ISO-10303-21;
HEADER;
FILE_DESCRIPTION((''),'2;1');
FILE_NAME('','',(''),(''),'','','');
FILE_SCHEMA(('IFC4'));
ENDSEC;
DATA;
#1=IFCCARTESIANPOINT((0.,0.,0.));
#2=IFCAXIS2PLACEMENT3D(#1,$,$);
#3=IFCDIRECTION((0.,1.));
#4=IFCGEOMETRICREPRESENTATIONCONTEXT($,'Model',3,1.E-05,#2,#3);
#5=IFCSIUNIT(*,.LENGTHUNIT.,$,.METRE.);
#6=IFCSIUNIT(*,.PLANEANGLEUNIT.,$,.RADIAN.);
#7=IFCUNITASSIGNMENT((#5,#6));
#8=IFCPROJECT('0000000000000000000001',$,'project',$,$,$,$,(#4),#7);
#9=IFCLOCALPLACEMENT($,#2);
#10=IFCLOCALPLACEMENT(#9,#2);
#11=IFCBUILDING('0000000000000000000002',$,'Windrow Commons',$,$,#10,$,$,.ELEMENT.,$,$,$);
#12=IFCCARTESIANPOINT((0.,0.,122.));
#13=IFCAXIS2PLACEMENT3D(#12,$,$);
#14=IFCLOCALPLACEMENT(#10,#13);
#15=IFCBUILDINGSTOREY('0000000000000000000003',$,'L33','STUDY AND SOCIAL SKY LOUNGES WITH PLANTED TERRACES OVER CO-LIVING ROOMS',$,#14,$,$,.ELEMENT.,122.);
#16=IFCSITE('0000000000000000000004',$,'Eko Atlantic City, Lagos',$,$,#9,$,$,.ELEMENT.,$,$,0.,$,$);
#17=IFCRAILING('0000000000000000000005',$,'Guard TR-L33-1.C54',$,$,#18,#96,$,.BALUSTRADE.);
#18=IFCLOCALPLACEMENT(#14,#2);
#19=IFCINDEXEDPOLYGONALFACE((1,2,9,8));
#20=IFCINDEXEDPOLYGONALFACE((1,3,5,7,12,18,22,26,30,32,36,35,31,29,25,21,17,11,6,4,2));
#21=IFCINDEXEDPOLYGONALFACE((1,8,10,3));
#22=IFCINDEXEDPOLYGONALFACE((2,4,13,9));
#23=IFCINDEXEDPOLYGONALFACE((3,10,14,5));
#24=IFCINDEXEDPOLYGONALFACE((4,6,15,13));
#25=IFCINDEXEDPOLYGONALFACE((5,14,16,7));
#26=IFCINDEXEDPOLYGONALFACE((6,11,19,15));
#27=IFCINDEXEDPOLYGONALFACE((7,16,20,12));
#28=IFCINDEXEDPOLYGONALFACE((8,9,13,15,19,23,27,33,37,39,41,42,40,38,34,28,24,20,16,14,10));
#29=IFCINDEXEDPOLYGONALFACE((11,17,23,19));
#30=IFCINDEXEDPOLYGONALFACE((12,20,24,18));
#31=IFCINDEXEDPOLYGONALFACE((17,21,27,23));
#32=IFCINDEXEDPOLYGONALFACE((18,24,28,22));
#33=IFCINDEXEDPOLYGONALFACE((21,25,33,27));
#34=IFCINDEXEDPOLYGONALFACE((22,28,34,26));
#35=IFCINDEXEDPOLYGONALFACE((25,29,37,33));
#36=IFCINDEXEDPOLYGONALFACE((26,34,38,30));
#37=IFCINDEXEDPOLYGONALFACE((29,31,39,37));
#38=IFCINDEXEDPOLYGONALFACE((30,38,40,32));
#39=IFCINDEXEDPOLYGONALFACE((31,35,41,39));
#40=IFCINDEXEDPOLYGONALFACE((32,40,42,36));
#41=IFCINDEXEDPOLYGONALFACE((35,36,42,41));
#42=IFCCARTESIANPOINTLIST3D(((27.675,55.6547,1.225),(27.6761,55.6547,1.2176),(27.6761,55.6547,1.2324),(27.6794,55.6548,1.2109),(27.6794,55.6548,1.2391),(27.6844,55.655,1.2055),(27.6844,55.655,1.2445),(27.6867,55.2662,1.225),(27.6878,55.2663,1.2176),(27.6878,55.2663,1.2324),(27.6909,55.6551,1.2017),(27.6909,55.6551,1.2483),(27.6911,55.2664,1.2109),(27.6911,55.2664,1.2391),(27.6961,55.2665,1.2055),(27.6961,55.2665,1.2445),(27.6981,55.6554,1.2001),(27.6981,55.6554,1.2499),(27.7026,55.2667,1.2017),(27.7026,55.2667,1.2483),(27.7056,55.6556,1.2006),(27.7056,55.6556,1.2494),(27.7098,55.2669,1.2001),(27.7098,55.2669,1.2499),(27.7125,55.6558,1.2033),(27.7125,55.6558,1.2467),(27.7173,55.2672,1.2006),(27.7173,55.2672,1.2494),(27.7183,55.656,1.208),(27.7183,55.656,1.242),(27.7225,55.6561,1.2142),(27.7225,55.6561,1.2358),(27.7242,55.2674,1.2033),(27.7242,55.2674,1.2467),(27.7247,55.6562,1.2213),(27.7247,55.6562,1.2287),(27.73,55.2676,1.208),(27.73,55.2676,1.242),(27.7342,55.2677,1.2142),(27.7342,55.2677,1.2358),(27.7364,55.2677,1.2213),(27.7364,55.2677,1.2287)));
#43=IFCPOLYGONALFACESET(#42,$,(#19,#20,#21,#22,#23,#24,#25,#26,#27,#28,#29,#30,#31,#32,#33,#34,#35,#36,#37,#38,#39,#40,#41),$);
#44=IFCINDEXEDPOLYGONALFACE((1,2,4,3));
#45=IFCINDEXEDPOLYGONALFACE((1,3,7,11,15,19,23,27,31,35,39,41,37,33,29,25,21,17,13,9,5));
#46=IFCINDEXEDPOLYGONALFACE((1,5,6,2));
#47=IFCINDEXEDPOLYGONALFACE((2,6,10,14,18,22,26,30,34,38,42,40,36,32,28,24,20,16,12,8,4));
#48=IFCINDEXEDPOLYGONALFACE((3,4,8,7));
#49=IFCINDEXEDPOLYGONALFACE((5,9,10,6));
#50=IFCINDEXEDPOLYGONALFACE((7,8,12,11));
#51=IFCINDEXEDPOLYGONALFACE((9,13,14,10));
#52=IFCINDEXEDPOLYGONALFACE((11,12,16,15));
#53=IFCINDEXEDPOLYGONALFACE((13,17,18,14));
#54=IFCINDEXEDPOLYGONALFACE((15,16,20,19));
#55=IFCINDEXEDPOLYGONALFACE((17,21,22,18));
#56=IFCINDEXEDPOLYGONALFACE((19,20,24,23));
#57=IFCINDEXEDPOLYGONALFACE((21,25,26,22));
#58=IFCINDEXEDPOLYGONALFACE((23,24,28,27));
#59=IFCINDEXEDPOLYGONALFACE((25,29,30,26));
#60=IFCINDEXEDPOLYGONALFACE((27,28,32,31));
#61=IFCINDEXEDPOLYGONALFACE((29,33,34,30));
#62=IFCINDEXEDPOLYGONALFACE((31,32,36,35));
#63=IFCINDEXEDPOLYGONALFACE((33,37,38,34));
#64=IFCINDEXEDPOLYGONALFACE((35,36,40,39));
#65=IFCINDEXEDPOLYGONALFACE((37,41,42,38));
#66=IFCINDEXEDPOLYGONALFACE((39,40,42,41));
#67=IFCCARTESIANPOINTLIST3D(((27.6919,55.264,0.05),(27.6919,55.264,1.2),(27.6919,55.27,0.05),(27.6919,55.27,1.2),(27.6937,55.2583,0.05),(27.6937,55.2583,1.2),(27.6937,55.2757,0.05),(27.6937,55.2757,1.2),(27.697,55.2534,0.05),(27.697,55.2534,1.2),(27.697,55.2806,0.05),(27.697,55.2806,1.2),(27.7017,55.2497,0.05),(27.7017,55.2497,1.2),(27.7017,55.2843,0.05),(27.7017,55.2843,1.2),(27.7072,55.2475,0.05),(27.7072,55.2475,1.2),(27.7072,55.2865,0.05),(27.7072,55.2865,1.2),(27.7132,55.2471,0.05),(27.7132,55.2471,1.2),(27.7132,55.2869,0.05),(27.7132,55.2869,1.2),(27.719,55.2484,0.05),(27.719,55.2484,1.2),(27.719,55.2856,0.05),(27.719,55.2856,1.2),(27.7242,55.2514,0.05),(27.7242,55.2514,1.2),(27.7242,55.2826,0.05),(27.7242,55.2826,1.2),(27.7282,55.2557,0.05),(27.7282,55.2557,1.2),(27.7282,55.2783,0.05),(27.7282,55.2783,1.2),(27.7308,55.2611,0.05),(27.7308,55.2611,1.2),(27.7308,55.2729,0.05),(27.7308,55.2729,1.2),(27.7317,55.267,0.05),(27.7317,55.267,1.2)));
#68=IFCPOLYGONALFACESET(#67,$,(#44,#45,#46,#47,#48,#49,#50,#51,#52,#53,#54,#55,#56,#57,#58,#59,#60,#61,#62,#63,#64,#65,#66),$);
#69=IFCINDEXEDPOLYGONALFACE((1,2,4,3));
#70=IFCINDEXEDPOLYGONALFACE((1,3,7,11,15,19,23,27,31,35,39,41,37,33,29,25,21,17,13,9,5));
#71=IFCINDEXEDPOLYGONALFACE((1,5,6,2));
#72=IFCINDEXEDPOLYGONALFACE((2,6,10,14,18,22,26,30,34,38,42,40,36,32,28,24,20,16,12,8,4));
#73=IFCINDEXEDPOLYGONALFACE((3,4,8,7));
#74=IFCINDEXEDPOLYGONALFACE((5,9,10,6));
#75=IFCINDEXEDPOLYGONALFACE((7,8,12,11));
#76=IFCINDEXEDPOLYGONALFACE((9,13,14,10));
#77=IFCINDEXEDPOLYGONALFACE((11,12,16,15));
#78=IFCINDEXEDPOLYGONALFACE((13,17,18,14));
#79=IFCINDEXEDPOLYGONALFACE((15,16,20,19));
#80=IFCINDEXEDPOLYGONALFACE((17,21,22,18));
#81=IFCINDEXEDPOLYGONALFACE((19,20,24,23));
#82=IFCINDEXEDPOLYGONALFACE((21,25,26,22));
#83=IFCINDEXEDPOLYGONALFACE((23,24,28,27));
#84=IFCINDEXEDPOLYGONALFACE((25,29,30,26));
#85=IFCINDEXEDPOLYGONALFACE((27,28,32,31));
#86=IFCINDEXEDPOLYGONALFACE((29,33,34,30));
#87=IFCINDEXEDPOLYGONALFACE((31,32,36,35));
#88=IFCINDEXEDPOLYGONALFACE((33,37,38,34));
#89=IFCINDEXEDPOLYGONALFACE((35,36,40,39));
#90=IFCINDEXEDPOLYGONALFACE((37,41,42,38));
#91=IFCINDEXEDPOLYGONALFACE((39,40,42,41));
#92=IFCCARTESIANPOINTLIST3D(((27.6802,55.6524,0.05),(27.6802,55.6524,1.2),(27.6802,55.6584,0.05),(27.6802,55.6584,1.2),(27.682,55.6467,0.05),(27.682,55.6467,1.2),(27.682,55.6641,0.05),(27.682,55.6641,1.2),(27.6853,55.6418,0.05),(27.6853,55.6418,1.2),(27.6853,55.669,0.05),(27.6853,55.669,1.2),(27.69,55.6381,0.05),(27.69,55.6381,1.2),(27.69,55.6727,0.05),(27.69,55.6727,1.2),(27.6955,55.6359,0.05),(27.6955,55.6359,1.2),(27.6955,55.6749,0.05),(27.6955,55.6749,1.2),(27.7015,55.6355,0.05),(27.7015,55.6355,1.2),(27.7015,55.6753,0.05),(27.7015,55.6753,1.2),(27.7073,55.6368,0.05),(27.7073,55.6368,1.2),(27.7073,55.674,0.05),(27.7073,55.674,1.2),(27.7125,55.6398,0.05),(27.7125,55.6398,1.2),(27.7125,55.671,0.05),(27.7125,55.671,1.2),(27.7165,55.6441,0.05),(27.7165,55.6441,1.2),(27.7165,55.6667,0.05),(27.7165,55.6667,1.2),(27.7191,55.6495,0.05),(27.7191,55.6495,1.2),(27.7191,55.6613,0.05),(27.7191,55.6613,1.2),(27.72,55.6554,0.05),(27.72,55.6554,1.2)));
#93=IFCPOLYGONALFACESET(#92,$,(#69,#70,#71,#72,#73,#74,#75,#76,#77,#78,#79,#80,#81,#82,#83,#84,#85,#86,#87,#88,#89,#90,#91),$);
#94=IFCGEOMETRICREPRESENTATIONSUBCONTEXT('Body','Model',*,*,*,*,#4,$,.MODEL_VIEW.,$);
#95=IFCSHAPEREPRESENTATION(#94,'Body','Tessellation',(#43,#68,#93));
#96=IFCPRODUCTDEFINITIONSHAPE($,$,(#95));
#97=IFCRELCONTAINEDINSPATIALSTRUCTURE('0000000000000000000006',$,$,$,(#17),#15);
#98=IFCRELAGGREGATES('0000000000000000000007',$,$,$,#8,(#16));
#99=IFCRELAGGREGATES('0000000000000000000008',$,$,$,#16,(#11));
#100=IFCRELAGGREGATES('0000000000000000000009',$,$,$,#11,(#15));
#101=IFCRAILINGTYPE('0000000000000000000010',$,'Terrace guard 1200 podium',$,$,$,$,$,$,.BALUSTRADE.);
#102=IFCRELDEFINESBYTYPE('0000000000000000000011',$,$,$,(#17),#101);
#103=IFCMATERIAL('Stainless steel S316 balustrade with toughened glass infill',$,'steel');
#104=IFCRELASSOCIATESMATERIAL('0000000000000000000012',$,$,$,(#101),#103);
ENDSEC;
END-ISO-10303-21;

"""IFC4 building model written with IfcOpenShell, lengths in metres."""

from ifc_helpers import new_model, si_unit, direction, frame, origin, origin_2d, place, context, subcontext, project, spatial, circle, extrude, material, type_object, element, save


model = new_model("IFC4")

# Units and contexts
model_context = context("Model", 3, precision=1e-05, world=origin(), true_north=direction((0.0, 1.0)))
body_context = subcontext(model_context, "Body", "Model", "MODEL_VIEW")
ifc_project = project(units=[si_unit("LENGTHUNIT", "METRE"), si_unit("PLANEANGLEUNIT", "RADIAN")], contexts=[model_context])

# Site, building, storey
site_placement = place(None, origin())
site = spatial("IfcSite", under=ifc_project, at=site_placement, Name="Eko Atlantic City, Lagos", CompositionType="ELEMENT", RefElevation=0.0)
building_placement = place(site_placement, origin())
building = spatial("IfcBuilding", under=site, at=building_placement, Name="Windrow Commons", CompositionType="ELEMENT")
storey_placement = place(building_placement, frame((0.0, 0.0, 122.0)))
storey = spatial("IfcBuildingStorey", under=building, at=storey_placement, Name="L33", Description="STUDY AND SOCIAL SKY LOUNGES WITH PLANTED TERRACES OVER CO-LIVING ROOMS", CompositionType="ELEMENT", Elevation=122.0)

# Railing
ifc_material_1 = material(Name="Stainless steel S316 balustrade with toughened glass infill", Category="steel")
railing_type = type_object("IfcRailingType", Name="Terrace guard 1200 podium", PredefinedType="BALUSTRADE", material=ifc_material_1)
railing_1_placement = place(storey_placement, frame((27.7117, 55.267, 0.05)))
element("IfcRailing", 1, at=railing_1_placement, inside=storey, type_object=railing_type, Name="Guard TR-L33-1.C54", PredefinedType="BALUSTRADE", context=body_context, shape_type="SweptSolid", body=[
    extrude(circle(Radius=0.025, at=origin_2d()), frame((0.0, 0.0, 1.175), z_axis=(-0.03011, 0.999547, 0.0), x_axis=(-0.999547, -0.03011, 0.0)), (0.0, 0.0, 1.0), 0.3886),
    extrude(circle(Radius=0.02, at=origin_2d()), origin(), (0.0, 0.0, 1.0), 1.15),
    extrude(circle(Radius=0.02, at=origin_2d()), frame((-0.0117, 0.3884, 0.0)), (0.0, 0.0, 1.0), 1.15),
])

save(model, "model.ifc")
